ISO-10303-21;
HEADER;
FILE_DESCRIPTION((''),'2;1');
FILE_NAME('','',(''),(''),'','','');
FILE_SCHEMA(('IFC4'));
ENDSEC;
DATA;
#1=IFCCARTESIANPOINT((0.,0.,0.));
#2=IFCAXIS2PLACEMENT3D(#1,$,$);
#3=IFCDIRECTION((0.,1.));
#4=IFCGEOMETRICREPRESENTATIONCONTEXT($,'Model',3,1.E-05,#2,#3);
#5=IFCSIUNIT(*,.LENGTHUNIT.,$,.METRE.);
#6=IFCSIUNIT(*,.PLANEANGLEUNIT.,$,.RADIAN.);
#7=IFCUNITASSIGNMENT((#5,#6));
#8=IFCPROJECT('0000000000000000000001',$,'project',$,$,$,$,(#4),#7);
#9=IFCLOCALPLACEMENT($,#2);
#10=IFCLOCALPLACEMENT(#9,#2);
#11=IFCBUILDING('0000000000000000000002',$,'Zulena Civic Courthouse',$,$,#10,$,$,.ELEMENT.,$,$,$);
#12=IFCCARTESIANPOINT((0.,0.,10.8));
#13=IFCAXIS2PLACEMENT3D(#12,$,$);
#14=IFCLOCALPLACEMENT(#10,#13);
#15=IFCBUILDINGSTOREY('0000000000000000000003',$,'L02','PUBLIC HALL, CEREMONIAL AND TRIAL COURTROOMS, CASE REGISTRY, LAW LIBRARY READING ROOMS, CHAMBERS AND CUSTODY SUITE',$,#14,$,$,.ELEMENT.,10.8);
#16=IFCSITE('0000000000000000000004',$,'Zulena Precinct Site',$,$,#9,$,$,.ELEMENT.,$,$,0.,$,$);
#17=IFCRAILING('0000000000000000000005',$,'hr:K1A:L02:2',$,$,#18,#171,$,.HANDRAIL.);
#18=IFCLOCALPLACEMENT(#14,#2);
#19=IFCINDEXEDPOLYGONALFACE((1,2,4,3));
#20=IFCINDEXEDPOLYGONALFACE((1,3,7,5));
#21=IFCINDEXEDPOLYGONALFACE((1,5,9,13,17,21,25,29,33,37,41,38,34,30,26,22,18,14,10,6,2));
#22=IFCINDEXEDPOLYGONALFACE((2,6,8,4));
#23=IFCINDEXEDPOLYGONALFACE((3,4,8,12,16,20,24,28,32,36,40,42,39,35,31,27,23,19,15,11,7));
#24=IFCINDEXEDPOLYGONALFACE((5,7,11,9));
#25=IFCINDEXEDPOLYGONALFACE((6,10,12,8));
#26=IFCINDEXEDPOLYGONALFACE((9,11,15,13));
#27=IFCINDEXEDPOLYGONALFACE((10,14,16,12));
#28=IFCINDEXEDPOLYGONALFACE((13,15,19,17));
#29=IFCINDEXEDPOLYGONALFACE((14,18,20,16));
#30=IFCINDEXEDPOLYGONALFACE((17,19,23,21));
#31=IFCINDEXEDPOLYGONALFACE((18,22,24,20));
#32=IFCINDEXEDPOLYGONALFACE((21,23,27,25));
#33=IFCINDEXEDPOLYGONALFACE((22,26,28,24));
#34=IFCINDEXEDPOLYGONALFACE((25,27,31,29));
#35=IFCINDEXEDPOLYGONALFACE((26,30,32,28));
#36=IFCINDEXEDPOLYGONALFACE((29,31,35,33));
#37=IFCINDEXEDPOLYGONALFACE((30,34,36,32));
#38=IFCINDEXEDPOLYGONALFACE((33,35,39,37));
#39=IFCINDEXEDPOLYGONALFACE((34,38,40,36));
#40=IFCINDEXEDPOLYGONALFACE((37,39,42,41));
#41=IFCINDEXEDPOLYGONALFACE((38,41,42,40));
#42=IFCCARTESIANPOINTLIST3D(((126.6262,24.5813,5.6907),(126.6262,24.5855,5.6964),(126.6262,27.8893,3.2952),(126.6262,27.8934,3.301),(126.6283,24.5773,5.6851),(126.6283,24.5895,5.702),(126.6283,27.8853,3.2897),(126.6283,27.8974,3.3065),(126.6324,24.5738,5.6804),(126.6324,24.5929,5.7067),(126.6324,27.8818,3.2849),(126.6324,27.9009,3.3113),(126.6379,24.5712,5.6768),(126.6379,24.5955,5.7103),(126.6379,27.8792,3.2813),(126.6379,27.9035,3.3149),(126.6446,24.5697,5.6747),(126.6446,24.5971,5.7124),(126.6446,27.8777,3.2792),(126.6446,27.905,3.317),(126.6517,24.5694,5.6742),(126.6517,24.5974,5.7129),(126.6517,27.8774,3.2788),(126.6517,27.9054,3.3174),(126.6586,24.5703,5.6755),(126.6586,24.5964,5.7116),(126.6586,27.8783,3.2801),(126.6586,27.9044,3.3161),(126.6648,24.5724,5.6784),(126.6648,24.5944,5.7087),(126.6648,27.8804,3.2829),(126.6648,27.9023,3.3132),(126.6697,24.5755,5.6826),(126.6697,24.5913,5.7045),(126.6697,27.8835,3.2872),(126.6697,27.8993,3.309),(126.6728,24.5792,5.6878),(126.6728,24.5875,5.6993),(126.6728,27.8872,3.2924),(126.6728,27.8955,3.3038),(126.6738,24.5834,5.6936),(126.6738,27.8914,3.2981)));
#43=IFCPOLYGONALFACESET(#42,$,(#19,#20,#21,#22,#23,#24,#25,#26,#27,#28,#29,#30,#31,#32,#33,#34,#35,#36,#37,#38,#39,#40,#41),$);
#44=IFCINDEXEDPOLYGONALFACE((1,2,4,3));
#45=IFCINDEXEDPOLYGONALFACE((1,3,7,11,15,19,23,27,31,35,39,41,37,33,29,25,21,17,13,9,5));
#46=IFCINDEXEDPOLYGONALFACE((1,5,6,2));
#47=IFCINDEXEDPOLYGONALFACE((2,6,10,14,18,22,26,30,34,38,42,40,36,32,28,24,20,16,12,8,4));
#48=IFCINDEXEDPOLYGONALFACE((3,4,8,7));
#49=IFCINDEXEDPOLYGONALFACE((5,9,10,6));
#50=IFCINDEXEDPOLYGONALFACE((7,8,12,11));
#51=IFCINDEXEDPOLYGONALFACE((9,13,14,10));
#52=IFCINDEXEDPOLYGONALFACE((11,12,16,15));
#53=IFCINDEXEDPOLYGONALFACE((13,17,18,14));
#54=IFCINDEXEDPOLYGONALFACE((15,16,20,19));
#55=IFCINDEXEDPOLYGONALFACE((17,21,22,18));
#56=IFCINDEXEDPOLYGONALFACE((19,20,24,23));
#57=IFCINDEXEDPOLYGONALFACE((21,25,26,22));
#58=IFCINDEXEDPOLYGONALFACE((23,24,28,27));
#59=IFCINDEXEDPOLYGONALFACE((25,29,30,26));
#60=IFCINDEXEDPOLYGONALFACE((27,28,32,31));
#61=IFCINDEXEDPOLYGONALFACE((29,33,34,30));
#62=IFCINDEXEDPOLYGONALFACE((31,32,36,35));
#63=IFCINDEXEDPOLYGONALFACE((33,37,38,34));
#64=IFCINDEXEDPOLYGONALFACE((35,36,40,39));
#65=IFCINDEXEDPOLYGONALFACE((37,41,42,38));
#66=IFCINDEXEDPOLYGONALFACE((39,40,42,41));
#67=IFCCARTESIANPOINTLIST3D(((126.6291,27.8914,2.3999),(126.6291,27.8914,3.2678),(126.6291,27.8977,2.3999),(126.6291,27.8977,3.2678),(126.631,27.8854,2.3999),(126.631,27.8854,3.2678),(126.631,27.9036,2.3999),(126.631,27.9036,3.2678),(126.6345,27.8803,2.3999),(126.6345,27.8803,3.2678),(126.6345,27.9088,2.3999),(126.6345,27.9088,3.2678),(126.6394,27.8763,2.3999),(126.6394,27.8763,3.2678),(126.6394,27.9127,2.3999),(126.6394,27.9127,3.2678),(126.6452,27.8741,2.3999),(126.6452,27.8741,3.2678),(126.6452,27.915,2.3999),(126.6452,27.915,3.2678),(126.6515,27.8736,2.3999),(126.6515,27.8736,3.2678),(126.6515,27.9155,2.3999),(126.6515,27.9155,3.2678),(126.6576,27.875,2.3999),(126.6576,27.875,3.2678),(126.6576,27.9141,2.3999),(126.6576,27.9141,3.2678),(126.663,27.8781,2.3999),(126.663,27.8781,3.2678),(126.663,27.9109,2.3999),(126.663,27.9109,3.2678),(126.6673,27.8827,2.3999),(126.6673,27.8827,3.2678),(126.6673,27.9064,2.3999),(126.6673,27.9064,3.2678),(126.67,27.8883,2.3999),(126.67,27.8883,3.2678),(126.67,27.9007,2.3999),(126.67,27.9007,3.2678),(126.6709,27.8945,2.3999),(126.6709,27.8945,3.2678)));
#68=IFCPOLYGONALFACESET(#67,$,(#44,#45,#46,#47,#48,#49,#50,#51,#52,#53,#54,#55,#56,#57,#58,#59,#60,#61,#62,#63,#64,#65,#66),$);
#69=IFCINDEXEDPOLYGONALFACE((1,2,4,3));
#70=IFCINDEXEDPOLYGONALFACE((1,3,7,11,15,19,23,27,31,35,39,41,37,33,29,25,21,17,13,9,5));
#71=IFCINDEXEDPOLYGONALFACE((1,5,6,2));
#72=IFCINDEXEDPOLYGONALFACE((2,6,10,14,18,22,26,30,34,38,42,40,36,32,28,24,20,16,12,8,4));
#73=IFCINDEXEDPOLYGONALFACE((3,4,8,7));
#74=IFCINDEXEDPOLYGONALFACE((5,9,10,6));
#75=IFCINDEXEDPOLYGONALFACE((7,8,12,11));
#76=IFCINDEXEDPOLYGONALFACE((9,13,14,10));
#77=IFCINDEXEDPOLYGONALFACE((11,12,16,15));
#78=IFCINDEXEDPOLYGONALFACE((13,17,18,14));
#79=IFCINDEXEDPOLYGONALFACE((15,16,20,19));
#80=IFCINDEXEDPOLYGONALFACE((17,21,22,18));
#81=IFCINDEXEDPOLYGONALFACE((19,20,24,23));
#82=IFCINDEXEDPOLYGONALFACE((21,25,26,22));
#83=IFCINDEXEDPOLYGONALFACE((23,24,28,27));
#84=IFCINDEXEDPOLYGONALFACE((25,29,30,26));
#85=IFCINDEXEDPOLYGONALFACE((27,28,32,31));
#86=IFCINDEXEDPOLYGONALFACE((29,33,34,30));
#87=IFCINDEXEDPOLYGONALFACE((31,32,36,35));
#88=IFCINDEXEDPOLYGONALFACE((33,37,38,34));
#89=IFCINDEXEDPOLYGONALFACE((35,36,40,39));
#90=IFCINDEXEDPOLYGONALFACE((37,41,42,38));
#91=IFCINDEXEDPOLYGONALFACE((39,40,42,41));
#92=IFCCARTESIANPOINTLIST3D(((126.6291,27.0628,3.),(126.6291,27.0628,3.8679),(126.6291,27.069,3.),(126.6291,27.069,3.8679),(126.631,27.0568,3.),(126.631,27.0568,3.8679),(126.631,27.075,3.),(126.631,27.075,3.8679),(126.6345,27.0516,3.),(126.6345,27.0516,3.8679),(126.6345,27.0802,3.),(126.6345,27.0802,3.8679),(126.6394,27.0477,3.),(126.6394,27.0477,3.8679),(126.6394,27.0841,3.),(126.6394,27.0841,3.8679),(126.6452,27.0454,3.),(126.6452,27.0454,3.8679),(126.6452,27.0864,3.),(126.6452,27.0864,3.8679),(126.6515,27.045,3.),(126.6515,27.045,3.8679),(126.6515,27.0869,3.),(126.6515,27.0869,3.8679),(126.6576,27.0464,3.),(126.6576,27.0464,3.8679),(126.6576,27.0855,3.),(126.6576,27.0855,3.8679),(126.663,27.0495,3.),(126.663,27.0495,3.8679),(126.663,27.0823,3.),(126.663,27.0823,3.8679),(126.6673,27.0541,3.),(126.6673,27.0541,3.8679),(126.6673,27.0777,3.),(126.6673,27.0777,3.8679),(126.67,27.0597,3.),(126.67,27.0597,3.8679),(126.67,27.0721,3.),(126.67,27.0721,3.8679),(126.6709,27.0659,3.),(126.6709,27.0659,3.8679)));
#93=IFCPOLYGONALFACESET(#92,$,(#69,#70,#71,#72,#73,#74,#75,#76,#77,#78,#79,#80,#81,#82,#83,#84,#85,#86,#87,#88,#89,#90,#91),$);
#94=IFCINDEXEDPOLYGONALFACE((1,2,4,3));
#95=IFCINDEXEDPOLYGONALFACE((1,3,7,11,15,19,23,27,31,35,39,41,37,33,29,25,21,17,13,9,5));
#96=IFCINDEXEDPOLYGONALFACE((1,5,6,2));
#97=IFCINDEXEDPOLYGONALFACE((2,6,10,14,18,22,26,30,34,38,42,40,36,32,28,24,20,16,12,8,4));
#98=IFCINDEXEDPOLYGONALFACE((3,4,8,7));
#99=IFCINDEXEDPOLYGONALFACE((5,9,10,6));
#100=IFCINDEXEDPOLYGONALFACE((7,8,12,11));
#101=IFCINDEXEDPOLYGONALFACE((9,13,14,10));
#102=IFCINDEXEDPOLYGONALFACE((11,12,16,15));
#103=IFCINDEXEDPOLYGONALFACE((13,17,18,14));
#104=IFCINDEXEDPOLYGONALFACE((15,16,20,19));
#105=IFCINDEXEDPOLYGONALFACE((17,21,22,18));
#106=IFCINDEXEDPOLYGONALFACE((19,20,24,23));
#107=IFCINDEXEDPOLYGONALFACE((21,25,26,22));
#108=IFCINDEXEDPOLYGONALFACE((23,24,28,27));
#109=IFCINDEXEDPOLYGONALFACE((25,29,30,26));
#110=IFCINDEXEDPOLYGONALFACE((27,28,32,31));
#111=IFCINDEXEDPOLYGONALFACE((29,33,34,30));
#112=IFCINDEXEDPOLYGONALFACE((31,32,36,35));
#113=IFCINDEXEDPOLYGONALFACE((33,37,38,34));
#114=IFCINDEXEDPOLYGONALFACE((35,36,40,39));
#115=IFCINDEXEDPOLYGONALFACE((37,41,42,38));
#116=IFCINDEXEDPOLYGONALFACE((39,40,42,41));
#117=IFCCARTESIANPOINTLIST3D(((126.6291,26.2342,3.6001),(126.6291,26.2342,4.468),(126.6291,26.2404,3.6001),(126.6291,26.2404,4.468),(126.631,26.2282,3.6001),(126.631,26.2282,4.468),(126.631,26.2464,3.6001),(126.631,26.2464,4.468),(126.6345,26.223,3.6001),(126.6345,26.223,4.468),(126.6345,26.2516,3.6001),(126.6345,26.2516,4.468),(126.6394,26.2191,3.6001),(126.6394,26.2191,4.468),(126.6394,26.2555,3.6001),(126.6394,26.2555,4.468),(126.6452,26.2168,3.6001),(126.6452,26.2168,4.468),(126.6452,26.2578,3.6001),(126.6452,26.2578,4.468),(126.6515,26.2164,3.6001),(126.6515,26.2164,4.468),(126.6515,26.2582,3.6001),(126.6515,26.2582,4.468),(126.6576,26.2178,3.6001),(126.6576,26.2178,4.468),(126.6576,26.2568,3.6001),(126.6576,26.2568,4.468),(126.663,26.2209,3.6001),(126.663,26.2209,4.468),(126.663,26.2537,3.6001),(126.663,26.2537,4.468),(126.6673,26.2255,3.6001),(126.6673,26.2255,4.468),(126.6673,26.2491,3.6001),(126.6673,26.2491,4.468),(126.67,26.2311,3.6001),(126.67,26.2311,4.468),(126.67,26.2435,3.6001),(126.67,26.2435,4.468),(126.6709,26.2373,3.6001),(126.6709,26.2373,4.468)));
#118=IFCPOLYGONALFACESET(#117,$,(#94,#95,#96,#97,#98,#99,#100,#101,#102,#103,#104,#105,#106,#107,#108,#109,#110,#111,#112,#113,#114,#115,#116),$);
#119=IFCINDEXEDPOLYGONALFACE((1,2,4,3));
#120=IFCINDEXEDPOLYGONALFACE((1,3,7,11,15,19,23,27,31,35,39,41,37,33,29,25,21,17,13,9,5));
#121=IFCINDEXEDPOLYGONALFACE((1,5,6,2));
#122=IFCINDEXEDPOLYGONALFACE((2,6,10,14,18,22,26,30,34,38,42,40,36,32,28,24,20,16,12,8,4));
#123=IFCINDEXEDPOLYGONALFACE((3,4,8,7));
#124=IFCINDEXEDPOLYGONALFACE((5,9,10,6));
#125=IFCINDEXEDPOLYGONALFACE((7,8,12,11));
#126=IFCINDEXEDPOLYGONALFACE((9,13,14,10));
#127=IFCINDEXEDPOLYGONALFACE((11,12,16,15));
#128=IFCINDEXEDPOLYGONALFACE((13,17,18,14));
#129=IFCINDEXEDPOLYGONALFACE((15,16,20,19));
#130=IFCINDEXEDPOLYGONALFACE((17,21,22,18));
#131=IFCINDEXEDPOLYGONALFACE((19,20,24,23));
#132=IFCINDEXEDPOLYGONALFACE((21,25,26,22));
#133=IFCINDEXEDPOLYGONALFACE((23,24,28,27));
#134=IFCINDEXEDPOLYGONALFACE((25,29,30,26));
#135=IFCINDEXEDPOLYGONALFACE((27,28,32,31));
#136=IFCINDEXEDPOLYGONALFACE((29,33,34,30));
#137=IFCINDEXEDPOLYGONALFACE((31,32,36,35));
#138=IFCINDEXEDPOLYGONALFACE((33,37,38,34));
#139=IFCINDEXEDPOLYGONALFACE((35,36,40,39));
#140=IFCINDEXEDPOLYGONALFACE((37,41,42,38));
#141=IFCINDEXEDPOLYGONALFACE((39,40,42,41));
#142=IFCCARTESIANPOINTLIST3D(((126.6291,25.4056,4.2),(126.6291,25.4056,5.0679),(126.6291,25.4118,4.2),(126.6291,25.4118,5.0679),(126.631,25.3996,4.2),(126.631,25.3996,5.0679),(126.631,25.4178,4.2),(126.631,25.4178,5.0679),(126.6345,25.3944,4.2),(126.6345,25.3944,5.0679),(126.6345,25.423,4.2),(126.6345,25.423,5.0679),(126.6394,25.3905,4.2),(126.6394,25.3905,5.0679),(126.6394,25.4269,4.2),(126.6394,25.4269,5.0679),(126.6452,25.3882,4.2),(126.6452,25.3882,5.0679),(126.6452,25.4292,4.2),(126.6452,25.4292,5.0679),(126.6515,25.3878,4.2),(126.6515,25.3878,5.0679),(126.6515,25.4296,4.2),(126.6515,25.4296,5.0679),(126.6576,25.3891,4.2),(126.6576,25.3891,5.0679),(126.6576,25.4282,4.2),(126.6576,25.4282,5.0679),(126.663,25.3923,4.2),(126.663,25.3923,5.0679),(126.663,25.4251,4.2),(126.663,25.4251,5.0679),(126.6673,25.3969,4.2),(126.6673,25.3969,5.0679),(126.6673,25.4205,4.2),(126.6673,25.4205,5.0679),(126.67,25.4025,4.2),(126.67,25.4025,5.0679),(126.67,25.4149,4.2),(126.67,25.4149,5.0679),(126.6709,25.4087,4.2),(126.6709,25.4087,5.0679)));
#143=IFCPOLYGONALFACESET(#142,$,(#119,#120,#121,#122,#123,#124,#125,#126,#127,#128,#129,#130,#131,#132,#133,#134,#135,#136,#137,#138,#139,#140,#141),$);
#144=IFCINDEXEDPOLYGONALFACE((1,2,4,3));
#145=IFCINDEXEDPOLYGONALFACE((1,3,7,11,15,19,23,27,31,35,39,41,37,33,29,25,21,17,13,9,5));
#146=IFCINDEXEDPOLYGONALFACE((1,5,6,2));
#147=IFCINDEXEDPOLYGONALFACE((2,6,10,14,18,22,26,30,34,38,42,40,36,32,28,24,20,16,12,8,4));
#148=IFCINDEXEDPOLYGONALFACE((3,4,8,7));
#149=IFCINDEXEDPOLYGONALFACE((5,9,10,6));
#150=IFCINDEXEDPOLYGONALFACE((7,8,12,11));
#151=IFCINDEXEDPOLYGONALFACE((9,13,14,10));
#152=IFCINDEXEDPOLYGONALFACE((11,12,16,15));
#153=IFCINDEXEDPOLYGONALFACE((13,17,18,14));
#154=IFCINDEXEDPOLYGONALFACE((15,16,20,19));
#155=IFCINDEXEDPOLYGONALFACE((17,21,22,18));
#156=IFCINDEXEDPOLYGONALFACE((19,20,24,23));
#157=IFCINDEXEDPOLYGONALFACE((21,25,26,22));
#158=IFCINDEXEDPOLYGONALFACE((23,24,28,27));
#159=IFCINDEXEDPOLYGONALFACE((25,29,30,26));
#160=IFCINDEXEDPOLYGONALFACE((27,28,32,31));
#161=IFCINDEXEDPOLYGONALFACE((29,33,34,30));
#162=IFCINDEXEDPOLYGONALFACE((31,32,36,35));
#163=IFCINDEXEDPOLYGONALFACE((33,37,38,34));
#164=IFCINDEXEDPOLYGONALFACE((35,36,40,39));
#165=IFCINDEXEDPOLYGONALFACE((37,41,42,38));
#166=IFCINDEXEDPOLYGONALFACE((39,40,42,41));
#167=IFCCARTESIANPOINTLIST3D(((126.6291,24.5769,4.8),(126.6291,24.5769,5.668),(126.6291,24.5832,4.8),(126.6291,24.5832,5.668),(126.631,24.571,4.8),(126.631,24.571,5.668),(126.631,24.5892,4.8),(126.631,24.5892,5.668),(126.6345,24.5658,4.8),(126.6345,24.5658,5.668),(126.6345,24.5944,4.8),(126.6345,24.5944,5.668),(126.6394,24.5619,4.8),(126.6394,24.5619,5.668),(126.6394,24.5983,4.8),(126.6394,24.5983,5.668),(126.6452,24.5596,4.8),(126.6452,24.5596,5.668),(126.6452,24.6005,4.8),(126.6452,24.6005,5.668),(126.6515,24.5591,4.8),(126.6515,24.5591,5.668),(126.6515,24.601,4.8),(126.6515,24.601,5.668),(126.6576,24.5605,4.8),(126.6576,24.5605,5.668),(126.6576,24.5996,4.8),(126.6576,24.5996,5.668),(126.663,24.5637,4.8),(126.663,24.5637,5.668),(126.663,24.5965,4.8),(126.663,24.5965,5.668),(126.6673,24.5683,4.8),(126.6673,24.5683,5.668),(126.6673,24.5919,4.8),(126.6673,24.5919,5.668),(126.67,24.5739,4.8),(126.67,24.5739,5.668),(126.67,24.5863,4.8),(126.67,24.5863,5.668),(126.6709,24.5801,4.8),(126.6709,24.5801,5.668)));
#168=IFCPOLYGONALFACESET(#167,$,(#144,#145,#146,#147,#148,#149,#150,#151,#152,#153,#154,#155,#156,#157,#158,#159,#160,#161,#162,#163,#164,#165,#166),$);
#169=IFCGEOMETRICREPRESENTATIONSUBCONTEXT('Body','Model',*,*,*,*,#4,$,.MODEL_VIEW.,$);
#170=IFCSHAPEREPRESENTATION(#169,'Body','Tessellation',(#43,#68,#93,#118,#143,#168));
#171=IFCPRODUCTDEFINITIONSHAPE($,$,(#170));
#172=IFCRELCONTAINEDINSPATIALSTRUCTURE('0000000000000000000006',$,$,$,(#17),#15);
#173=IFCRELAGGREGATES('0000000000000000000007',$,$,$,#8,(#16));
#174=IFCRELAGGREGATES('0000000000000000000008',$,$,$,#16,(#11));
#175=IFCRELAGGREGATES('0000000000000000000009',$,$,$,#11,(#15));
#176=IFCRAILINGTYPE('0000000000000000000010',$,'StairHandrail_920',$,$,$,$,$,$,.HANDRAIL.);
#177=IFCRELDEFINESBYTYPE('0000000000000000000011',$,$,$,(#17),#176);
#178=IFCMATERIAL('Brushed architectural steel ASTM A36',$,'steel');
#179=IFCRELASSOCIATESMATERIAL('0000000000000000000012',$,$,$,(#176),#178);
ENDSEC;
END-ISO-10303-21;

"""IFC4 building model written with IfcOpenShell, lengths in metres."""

from ifc_helpers import new_model, si_unit, direction, frame, origin, origin_2d, place, context, subcontext, project, spatial, circle, extrude, material, type_object, element, save


model = new_model("IFC4")

# Units and contexts
model_context = context("Model", 3, precision=1e-05, world=origin(), true_north=direction((0.0, 1.0)))
body_context = subcontext(model_context, "Body", "Model", "MODEL_VIEW")
ifc_project = project(units=[si_unit("LENGTHUNIT", "METRE"), si_unit("PLANEANGLEUNIT", "RADIAN")], contexts=[model_context])

# Site, building, storey
site_placement = place(None, origin())
site = spatial("IfcSite", under=ifc_project, at=site_placement, Name="Zulena Precinct Site", CompositionType="ELEMENT", RefElevation=0.0)
building_placement = place(site_placement, origin())
building = spatial("IfcBuilding", under=site, at=building_placement, Name="Zulena Civic Courthouse", CompositionType="ELEMENT")
storey_placement = place(building_placement, frame((0.0, 0.0, 10.8)))
storey = spatial("IfcBuildingStorey", under=building, at=storey_placement, Name="L02", Description="PUBLIC HALL, CEREMONIAL AND TRIAL COURTROOMS, CASE REGISTRY, LAW LIBRARY READING ROOMS, CHAMBERS AND CUSTODY SUITE", CompositionType="ELEMENT", Elevation=10.8)

# Railing
ifc_material_1 = material(Name="Brushed architectural steel ASTM A36", Category="steel")
railing_type_1 = type_object("IfcRailingType", Name="StairHandrail_920", PredefinedType="HANDRAIL", material=ifc_material_1)
railing_1_placement = place(storey_placement, frame((126.6499, 27.8945, 2.3999)))
element("IfcRailing", 1, at=railing_1_placement, inside=storey, type_object=railing_type_1, Name="hr:K1A:L02:2", PredefinedType="HANDRAIL", context=body_context, shape_type="SweptSolid", body=[
    extrude(circle(Radius=0.0239, at=origin_2d()), frame((0.0, -0.0032, 0.8982), z_axis=(0.0, -0.809939, 0.586514), x_axis=(1.0, 0.0, 0.0)), (0.0, 0.0, 1.0), 4.0842),
    extrude(circle(Radius=0.021, at=origin_2d()), origin(), (0.0, 0.0, 1.0), 0.8679),
    extrude(circle(Radius=0.021, at=origin_2d()), frame((0.0, -0.8286, 0.6001)), (0.0, 0.0, 1.0), 0.8679),
    extrude(circle(Radius=0.021, at=origin_2d()), frame((0.0, -1.6572, 1.2002)), (0.0, 0.0, 1.0), 0.8679),
    extrude(circle(Radius=0.021, at=origin_2d()), frame((0.0, -2.4858, 1.8)), (0.0, 0.0, 1.0), 0.8679),
    extrude(circle(Radius=0.021, at=origin_2d()), frame((0.0, -3.3145, 2.4001)), (0.0, 0.0, 1.0), 0.8679),
])

save(model, "model.ifc")
